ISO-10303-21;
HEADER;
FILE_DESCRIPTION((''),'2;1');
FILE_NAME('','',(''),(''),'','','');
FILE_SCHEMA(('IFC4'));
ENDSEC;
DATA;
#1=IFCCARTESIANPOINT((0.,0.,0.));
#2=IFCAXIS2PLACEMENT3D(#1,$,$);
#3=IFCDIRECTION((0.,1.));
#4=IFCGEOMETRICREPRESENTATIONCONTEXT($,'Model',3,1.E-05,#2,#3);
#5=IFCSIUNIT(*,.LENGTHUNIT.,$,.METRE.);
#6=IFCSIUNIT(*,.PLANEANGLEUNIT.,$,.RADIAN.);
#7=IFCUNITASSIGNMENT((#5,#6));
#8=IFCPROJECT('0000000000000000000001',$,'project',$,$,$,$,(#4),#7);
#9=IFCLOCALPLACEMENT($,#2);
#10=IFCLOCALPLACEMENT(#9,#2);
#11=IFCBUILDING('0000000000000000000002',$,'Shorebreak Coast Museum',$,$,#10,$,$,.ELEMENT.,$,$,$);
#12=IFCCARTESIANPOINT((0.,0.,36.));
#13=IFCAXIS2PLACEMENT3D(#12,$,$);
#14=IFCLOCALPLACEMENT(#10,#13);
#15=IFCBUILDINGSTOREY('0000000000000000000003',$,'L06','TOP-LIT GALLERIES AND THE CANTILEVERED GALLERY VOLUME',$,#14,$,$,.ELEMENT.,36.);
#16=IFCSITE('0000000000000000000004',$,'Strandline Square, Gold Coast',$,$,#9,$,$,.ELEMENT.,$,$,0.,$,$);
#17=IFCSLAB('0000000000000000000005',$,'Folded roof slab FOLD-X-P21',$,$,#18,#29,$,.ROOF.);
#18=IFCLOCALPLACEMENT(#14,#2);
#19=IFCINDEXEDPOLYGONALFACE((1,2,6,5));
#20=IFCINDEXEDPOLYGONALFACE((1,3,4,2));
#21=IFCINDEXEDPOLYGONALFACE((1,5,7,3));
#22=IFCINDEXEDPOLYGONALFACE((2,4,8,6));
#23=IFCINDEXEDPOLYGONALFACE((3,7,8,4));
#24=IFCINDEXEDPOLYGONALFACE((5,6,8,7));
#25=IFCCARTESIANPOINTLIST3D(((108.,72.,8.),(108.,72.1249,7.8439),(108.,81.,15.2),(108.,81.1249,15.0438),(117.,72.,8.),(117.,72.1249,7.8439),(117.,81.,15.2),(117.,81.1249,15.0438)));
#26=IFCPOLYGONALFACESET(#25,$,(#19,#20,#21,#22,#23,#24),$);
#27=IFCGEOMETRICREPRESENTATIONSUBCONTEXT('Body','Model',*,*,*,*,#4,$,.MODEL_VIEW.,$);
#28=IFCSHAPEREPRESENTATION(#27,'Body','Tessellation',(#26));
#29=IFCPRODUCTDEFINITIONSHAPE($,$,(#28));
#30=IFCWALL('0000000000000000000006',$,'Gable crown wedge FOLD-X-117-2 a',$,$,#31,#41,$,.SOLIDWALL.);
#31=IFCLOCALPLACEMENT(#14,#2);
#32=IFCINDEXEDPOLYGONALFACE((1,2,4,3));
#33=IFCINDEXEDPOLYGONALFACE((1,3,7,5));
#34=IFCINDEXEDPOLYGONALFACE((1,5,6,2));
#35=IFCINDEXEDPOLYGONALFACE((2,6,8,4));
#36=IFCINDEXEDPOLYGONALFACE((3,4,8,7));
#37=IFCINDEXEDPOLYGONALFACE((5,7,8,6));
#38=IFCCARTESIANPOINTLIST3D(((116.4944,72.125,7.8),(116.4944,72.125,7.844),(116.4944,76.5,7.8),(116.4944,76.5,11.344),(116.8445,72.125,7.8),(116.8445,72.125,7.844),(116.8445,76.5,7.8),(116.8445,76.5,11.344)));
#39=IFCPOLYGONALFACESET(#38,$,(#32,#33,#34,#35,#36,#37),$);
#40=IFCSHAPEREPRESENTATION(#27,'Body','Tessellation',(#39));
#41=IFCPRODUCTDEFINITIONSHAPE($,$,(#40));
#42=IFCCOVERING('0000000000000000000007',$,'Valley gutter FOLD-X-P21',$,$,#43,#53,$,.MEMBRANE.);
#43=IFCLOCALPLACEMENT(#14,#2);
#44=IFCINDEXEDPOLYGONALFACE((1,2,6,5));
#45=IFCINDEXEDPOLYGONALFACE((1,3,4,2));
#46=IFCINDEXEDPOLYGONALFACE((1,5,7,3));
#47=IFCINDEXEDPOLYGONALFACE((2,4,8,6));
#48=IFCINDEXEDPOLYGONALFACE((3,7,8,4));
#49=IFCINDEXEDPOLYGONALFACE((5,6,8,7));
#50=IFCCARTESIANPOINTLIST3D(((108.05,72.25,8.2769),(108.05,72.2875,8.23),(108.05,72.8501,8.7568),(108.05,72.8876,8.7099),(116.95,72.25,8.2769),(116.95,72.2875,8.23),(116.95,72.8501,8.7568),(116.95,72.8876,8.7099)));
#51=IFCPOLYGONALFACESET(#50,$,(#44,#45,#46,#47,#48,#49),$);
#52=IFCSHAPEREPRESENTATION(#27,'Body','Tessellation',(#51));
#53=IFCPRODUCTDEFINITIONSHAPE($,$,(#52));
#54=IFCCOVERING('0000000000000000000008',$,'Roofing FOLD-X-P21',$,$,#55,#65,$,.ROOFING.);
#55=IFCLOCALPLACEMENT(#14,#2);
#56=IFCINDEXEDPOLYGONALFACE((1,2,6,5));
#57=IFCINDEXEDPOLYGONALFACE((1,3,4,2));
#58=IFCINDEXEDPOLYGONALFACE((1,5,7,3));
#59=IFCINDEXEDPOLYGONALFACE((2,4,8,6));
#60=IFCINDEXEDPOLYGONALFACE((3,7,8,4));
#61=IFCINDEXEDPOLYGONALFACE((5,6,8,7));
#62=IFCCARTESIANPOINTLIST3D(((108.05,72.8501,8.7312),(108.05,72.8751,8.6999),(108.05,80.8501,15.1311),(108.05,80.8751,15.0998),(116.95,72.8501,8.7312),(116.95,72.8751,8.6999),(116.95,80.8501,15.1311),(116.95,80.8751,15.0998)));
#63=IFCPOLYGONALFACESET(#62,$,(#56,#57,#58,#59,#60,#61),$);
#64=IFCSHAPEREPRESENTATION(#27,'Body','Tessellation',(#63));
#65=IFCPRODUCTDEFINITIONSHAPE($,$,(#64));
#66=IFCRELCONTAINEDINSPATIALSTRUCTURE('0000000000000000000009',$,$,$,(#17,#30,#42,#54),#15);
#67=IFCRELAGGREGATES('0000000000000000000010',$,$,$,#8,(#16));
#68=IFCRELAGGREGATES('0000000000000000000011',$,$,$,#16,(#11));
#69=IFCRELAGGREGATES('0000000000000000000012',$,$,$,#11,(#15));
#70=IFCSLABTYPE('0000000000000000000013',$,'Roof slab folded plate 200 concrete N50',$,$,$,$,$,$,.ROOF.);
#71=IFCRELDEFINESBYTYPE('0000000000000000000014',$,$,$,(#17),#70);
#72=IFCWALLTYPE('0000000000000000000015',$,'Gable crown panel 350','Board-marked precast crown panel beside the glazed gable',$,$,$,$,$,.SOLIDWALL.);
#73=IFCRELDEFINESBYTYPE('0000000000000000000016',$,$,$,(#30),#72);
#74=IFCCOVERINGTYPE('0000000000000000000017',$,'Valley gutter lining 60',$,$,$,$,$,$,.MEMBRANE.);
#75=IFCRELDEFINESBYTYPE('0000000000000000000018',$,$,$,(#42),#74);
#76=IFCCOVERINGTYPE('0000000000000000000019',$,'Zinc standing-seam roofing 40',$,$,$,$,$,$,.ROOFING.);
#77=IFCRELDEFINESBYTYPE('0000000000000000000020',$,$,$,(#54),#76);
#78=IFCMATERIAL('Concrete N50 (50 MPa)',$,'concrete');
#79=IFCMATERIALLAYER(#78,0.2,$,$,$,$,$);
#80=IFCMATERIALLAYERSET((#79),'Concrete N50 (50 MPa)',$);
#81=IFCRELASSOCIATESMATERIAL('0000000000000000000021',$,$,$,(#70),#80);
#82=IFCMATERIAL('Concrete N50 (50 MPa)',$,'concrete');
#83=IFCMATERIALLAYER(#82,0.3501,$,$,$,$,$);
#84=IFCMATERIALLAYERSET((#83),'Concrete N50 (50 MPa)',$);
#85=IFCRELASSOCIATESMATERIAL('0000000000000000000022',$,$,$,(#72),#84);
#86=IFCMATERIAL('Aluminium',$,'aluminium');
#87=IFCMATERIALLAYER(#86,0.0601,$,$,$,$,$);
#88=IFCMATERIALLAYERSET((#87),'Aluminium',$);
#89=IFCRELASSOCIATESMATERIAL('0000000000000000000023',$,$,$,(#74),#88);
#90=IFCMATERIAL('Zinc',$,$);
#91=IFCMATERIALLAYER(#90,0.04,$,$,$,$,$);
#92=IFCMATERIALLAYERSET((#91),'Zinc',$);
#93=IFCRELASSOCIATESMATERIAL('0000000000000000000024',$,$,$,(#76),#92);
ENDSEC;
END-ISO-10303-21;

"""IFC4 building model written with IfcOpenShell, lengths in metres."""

from ifc_helpers import new_model, si_unit, direction, frame, origin, place, context, subcontext, project, spatial, polyline, outline, extrude, material, layer, layer_set, type_object, element, save


model = new_model("IFC4")

# Units and contexts
model_context = context("Model", 3, precision=1e-05, world=origin(), true_north=direction((0.0, 1.0)))
body_context = subcontext(model_context, "Body", "Model", "MODEL_VIEW")
ifc_project = project(units=[si_unit("LENGTHUNIT", "METRE"), si_unit("PLANEANGLEUNIT", "RADIAN")], contexts=[model_context])

# Site, building, storey
site_placement = place(None, origin())
site = spatial("IfcSite", under=ifc_project, at=site_placement, Name="Strandline Square, Gold Coast", CompositionType="ELEMENT", RefElevation=0.0)
building_placement = place(site_placement, origin())
building = spatial("IfcBuilding", under=site, at=building_placement, Name="Shorebreak Coast Museum", CompositionType="ELEMENT")
storey_placement = place(building_placement, frame((0.0, 0.0, 36.0)))
storey = spatial("IfcBuildingStorey", under=building, at=storey_placement, Name="L06", Description="TOP-LIT GALLERIES AND THE CANTILEVERED GALLERY VOLUME", CompositionType="ELEMENT", Elevation=36.0)

# Slab
ifc_material_1 = material(Name="Concrete N50 (50 MPa)", Category="concrete")
ifc_layer_1 = layer(ifc_material_1, 0.2)
ifc_layer_set_1 = layer_set([ifc_layer_1], Name="Concrete N50 (50 MPa)")
slab_type = type_object("IfcSlabType", Name="Roof slab folded plate 200 concrete N50", PredefinedType="ROOF", material=ifc_layer_set_1)
slab_placement = place(storey_placement, frame((108.0, 72.0, 8.0), z_axis=(0.0, -0.624692, 0.780871), x_axis=(1.0, 0.0, 0.0)))
element("IfcSlab", 1, at=slab_placement, inside=storey, type_object=slab_type, Name="Folded roof slab FOLD-X-P21", PredefinedType="ROOF", context=body_context, shape_type="SweptSolid", body=[
    extrude(outline(polyline([(0.0, 0.0), (9.0, 0.0), (9.0, 11.5256), (0.0, 11.5256), (0.0, 0.0)])), origin(), (0.0, 0.0, -1.0), 0.2),
])

# Wall
ifc_material_2 = material(Name="Concrete N50 (50 MPa)", Category="concrete")
ifc_layer_2 = layer(ifc_material_2, 0.3501)
ifc_layer_set_2 = layer_set([ifc_layer_2], Name="Concrete N50 (50 MPa)")
wall_type = type_object("IfcWallType", Name="Gable crown panel 350", Description="Board-marked precast crown panel beside the glazed gable", PredefinedType="SOLIDWALL", material=ifc_layer_set_2)
wall_placement = place(storey_placement, frame((116.6694, 72.125, 7.8), z_axis=(0.0, 0.0, 1.0), x_axis=(0.0, 1.0, 0.0)))
element("IfcWall", 2, at=wall_placement, inside=storey, type_object=wall_type, Name="Gable crown wedge FOLD-X-117-2 a", PredefinedType="SOLIDWALL", context=body_context, shape_type="SweptSolid", body=[
    extrude(outline(polyline([(0.0, 0.0), (4.375, 0.0), (4.375, 3.5439), (0.0, 0.0439), (0.0, 0.0)])), frame((0.0, 0.175, 0.0), z_axis=(0.0, -1.0, 0.0), x_axis=(1.0, 0.0, 0.0)), (0.0, 0.0, 1.0), 0.3501),
])

# Coverings
ifc_material_3 = material(Name="Aluminium", Category="aluminium")
ifc_layer_3 = layer(ifc_material_3, 0.0601)
ifc_layer_set_3 = layer_set([ifc_layer_3], Name="Aluminium")
covering_type_1 = type_object("IfcCoveringType", Name="Valley gutter lining 60", PredefinedType="MEMBRANE", material=ifc_layer_set_3)
covering_1_placement = place(storey_placement, frame((108.05, 72.25, 8.2769), z_axis=(0.0, -0.624618, 0.780931), x_axis=(1.0, 0.0, 0.0)))
element("IfcCovering", 3, at=covering_1_placement, inside=storey, type_object=covering_type_1, Name="Valley gutter FOLD-X-P21", PredefinedType="MEMBRANE", context=body_context, shape_type="SweptSolid", body=[
    extrude(outline(polyline([(0.0, 0.0), (8.8999, 0.0), (8.8999, 0.7684), (0.0, 0.7684), (0.0, 0.0)])), origin(), (0.0, 0.0, -1.0), 0.0601),
])
ifc_material_4 = material(Name="Zinc")
ifc_layer_4 = layer(ifc_material_4, 0.04)
ifc_layer_set_4 = layer_set([ifc_layer_4], Name="Zinc")
covering_type_2 = type_object("IfcCoveringType", Name="Zinc standing-seam roofing 40", PredefinedType="ROOFING", material=ifc_layer_set_4)
covering_2_placement = place(storey_placement, frame((108.05, 72.8501, 8.7312), z_axis=(0.0, -0.624689, 0.780873), x_axis=(1.0, 0.0, 0.0)))
element("IfcCovering", 4, at=covering_2_placement, inside=storey, type_object=covering_type_2, Name="Roofing FOLD-X-P21", PredefinedType="ROOFING", context=body_context, shape_type="SweptSolid", body=[
    extrude(outline(polyline([(0.0, 0.0), (8.8999, 0.0), (8.8999, 10.2449), (0.0, 10.2449), (0.0, 0.0)])), origin(), (0.0, 0.0, -1.0), 0.04),
])

save(model, "model.ifc")
